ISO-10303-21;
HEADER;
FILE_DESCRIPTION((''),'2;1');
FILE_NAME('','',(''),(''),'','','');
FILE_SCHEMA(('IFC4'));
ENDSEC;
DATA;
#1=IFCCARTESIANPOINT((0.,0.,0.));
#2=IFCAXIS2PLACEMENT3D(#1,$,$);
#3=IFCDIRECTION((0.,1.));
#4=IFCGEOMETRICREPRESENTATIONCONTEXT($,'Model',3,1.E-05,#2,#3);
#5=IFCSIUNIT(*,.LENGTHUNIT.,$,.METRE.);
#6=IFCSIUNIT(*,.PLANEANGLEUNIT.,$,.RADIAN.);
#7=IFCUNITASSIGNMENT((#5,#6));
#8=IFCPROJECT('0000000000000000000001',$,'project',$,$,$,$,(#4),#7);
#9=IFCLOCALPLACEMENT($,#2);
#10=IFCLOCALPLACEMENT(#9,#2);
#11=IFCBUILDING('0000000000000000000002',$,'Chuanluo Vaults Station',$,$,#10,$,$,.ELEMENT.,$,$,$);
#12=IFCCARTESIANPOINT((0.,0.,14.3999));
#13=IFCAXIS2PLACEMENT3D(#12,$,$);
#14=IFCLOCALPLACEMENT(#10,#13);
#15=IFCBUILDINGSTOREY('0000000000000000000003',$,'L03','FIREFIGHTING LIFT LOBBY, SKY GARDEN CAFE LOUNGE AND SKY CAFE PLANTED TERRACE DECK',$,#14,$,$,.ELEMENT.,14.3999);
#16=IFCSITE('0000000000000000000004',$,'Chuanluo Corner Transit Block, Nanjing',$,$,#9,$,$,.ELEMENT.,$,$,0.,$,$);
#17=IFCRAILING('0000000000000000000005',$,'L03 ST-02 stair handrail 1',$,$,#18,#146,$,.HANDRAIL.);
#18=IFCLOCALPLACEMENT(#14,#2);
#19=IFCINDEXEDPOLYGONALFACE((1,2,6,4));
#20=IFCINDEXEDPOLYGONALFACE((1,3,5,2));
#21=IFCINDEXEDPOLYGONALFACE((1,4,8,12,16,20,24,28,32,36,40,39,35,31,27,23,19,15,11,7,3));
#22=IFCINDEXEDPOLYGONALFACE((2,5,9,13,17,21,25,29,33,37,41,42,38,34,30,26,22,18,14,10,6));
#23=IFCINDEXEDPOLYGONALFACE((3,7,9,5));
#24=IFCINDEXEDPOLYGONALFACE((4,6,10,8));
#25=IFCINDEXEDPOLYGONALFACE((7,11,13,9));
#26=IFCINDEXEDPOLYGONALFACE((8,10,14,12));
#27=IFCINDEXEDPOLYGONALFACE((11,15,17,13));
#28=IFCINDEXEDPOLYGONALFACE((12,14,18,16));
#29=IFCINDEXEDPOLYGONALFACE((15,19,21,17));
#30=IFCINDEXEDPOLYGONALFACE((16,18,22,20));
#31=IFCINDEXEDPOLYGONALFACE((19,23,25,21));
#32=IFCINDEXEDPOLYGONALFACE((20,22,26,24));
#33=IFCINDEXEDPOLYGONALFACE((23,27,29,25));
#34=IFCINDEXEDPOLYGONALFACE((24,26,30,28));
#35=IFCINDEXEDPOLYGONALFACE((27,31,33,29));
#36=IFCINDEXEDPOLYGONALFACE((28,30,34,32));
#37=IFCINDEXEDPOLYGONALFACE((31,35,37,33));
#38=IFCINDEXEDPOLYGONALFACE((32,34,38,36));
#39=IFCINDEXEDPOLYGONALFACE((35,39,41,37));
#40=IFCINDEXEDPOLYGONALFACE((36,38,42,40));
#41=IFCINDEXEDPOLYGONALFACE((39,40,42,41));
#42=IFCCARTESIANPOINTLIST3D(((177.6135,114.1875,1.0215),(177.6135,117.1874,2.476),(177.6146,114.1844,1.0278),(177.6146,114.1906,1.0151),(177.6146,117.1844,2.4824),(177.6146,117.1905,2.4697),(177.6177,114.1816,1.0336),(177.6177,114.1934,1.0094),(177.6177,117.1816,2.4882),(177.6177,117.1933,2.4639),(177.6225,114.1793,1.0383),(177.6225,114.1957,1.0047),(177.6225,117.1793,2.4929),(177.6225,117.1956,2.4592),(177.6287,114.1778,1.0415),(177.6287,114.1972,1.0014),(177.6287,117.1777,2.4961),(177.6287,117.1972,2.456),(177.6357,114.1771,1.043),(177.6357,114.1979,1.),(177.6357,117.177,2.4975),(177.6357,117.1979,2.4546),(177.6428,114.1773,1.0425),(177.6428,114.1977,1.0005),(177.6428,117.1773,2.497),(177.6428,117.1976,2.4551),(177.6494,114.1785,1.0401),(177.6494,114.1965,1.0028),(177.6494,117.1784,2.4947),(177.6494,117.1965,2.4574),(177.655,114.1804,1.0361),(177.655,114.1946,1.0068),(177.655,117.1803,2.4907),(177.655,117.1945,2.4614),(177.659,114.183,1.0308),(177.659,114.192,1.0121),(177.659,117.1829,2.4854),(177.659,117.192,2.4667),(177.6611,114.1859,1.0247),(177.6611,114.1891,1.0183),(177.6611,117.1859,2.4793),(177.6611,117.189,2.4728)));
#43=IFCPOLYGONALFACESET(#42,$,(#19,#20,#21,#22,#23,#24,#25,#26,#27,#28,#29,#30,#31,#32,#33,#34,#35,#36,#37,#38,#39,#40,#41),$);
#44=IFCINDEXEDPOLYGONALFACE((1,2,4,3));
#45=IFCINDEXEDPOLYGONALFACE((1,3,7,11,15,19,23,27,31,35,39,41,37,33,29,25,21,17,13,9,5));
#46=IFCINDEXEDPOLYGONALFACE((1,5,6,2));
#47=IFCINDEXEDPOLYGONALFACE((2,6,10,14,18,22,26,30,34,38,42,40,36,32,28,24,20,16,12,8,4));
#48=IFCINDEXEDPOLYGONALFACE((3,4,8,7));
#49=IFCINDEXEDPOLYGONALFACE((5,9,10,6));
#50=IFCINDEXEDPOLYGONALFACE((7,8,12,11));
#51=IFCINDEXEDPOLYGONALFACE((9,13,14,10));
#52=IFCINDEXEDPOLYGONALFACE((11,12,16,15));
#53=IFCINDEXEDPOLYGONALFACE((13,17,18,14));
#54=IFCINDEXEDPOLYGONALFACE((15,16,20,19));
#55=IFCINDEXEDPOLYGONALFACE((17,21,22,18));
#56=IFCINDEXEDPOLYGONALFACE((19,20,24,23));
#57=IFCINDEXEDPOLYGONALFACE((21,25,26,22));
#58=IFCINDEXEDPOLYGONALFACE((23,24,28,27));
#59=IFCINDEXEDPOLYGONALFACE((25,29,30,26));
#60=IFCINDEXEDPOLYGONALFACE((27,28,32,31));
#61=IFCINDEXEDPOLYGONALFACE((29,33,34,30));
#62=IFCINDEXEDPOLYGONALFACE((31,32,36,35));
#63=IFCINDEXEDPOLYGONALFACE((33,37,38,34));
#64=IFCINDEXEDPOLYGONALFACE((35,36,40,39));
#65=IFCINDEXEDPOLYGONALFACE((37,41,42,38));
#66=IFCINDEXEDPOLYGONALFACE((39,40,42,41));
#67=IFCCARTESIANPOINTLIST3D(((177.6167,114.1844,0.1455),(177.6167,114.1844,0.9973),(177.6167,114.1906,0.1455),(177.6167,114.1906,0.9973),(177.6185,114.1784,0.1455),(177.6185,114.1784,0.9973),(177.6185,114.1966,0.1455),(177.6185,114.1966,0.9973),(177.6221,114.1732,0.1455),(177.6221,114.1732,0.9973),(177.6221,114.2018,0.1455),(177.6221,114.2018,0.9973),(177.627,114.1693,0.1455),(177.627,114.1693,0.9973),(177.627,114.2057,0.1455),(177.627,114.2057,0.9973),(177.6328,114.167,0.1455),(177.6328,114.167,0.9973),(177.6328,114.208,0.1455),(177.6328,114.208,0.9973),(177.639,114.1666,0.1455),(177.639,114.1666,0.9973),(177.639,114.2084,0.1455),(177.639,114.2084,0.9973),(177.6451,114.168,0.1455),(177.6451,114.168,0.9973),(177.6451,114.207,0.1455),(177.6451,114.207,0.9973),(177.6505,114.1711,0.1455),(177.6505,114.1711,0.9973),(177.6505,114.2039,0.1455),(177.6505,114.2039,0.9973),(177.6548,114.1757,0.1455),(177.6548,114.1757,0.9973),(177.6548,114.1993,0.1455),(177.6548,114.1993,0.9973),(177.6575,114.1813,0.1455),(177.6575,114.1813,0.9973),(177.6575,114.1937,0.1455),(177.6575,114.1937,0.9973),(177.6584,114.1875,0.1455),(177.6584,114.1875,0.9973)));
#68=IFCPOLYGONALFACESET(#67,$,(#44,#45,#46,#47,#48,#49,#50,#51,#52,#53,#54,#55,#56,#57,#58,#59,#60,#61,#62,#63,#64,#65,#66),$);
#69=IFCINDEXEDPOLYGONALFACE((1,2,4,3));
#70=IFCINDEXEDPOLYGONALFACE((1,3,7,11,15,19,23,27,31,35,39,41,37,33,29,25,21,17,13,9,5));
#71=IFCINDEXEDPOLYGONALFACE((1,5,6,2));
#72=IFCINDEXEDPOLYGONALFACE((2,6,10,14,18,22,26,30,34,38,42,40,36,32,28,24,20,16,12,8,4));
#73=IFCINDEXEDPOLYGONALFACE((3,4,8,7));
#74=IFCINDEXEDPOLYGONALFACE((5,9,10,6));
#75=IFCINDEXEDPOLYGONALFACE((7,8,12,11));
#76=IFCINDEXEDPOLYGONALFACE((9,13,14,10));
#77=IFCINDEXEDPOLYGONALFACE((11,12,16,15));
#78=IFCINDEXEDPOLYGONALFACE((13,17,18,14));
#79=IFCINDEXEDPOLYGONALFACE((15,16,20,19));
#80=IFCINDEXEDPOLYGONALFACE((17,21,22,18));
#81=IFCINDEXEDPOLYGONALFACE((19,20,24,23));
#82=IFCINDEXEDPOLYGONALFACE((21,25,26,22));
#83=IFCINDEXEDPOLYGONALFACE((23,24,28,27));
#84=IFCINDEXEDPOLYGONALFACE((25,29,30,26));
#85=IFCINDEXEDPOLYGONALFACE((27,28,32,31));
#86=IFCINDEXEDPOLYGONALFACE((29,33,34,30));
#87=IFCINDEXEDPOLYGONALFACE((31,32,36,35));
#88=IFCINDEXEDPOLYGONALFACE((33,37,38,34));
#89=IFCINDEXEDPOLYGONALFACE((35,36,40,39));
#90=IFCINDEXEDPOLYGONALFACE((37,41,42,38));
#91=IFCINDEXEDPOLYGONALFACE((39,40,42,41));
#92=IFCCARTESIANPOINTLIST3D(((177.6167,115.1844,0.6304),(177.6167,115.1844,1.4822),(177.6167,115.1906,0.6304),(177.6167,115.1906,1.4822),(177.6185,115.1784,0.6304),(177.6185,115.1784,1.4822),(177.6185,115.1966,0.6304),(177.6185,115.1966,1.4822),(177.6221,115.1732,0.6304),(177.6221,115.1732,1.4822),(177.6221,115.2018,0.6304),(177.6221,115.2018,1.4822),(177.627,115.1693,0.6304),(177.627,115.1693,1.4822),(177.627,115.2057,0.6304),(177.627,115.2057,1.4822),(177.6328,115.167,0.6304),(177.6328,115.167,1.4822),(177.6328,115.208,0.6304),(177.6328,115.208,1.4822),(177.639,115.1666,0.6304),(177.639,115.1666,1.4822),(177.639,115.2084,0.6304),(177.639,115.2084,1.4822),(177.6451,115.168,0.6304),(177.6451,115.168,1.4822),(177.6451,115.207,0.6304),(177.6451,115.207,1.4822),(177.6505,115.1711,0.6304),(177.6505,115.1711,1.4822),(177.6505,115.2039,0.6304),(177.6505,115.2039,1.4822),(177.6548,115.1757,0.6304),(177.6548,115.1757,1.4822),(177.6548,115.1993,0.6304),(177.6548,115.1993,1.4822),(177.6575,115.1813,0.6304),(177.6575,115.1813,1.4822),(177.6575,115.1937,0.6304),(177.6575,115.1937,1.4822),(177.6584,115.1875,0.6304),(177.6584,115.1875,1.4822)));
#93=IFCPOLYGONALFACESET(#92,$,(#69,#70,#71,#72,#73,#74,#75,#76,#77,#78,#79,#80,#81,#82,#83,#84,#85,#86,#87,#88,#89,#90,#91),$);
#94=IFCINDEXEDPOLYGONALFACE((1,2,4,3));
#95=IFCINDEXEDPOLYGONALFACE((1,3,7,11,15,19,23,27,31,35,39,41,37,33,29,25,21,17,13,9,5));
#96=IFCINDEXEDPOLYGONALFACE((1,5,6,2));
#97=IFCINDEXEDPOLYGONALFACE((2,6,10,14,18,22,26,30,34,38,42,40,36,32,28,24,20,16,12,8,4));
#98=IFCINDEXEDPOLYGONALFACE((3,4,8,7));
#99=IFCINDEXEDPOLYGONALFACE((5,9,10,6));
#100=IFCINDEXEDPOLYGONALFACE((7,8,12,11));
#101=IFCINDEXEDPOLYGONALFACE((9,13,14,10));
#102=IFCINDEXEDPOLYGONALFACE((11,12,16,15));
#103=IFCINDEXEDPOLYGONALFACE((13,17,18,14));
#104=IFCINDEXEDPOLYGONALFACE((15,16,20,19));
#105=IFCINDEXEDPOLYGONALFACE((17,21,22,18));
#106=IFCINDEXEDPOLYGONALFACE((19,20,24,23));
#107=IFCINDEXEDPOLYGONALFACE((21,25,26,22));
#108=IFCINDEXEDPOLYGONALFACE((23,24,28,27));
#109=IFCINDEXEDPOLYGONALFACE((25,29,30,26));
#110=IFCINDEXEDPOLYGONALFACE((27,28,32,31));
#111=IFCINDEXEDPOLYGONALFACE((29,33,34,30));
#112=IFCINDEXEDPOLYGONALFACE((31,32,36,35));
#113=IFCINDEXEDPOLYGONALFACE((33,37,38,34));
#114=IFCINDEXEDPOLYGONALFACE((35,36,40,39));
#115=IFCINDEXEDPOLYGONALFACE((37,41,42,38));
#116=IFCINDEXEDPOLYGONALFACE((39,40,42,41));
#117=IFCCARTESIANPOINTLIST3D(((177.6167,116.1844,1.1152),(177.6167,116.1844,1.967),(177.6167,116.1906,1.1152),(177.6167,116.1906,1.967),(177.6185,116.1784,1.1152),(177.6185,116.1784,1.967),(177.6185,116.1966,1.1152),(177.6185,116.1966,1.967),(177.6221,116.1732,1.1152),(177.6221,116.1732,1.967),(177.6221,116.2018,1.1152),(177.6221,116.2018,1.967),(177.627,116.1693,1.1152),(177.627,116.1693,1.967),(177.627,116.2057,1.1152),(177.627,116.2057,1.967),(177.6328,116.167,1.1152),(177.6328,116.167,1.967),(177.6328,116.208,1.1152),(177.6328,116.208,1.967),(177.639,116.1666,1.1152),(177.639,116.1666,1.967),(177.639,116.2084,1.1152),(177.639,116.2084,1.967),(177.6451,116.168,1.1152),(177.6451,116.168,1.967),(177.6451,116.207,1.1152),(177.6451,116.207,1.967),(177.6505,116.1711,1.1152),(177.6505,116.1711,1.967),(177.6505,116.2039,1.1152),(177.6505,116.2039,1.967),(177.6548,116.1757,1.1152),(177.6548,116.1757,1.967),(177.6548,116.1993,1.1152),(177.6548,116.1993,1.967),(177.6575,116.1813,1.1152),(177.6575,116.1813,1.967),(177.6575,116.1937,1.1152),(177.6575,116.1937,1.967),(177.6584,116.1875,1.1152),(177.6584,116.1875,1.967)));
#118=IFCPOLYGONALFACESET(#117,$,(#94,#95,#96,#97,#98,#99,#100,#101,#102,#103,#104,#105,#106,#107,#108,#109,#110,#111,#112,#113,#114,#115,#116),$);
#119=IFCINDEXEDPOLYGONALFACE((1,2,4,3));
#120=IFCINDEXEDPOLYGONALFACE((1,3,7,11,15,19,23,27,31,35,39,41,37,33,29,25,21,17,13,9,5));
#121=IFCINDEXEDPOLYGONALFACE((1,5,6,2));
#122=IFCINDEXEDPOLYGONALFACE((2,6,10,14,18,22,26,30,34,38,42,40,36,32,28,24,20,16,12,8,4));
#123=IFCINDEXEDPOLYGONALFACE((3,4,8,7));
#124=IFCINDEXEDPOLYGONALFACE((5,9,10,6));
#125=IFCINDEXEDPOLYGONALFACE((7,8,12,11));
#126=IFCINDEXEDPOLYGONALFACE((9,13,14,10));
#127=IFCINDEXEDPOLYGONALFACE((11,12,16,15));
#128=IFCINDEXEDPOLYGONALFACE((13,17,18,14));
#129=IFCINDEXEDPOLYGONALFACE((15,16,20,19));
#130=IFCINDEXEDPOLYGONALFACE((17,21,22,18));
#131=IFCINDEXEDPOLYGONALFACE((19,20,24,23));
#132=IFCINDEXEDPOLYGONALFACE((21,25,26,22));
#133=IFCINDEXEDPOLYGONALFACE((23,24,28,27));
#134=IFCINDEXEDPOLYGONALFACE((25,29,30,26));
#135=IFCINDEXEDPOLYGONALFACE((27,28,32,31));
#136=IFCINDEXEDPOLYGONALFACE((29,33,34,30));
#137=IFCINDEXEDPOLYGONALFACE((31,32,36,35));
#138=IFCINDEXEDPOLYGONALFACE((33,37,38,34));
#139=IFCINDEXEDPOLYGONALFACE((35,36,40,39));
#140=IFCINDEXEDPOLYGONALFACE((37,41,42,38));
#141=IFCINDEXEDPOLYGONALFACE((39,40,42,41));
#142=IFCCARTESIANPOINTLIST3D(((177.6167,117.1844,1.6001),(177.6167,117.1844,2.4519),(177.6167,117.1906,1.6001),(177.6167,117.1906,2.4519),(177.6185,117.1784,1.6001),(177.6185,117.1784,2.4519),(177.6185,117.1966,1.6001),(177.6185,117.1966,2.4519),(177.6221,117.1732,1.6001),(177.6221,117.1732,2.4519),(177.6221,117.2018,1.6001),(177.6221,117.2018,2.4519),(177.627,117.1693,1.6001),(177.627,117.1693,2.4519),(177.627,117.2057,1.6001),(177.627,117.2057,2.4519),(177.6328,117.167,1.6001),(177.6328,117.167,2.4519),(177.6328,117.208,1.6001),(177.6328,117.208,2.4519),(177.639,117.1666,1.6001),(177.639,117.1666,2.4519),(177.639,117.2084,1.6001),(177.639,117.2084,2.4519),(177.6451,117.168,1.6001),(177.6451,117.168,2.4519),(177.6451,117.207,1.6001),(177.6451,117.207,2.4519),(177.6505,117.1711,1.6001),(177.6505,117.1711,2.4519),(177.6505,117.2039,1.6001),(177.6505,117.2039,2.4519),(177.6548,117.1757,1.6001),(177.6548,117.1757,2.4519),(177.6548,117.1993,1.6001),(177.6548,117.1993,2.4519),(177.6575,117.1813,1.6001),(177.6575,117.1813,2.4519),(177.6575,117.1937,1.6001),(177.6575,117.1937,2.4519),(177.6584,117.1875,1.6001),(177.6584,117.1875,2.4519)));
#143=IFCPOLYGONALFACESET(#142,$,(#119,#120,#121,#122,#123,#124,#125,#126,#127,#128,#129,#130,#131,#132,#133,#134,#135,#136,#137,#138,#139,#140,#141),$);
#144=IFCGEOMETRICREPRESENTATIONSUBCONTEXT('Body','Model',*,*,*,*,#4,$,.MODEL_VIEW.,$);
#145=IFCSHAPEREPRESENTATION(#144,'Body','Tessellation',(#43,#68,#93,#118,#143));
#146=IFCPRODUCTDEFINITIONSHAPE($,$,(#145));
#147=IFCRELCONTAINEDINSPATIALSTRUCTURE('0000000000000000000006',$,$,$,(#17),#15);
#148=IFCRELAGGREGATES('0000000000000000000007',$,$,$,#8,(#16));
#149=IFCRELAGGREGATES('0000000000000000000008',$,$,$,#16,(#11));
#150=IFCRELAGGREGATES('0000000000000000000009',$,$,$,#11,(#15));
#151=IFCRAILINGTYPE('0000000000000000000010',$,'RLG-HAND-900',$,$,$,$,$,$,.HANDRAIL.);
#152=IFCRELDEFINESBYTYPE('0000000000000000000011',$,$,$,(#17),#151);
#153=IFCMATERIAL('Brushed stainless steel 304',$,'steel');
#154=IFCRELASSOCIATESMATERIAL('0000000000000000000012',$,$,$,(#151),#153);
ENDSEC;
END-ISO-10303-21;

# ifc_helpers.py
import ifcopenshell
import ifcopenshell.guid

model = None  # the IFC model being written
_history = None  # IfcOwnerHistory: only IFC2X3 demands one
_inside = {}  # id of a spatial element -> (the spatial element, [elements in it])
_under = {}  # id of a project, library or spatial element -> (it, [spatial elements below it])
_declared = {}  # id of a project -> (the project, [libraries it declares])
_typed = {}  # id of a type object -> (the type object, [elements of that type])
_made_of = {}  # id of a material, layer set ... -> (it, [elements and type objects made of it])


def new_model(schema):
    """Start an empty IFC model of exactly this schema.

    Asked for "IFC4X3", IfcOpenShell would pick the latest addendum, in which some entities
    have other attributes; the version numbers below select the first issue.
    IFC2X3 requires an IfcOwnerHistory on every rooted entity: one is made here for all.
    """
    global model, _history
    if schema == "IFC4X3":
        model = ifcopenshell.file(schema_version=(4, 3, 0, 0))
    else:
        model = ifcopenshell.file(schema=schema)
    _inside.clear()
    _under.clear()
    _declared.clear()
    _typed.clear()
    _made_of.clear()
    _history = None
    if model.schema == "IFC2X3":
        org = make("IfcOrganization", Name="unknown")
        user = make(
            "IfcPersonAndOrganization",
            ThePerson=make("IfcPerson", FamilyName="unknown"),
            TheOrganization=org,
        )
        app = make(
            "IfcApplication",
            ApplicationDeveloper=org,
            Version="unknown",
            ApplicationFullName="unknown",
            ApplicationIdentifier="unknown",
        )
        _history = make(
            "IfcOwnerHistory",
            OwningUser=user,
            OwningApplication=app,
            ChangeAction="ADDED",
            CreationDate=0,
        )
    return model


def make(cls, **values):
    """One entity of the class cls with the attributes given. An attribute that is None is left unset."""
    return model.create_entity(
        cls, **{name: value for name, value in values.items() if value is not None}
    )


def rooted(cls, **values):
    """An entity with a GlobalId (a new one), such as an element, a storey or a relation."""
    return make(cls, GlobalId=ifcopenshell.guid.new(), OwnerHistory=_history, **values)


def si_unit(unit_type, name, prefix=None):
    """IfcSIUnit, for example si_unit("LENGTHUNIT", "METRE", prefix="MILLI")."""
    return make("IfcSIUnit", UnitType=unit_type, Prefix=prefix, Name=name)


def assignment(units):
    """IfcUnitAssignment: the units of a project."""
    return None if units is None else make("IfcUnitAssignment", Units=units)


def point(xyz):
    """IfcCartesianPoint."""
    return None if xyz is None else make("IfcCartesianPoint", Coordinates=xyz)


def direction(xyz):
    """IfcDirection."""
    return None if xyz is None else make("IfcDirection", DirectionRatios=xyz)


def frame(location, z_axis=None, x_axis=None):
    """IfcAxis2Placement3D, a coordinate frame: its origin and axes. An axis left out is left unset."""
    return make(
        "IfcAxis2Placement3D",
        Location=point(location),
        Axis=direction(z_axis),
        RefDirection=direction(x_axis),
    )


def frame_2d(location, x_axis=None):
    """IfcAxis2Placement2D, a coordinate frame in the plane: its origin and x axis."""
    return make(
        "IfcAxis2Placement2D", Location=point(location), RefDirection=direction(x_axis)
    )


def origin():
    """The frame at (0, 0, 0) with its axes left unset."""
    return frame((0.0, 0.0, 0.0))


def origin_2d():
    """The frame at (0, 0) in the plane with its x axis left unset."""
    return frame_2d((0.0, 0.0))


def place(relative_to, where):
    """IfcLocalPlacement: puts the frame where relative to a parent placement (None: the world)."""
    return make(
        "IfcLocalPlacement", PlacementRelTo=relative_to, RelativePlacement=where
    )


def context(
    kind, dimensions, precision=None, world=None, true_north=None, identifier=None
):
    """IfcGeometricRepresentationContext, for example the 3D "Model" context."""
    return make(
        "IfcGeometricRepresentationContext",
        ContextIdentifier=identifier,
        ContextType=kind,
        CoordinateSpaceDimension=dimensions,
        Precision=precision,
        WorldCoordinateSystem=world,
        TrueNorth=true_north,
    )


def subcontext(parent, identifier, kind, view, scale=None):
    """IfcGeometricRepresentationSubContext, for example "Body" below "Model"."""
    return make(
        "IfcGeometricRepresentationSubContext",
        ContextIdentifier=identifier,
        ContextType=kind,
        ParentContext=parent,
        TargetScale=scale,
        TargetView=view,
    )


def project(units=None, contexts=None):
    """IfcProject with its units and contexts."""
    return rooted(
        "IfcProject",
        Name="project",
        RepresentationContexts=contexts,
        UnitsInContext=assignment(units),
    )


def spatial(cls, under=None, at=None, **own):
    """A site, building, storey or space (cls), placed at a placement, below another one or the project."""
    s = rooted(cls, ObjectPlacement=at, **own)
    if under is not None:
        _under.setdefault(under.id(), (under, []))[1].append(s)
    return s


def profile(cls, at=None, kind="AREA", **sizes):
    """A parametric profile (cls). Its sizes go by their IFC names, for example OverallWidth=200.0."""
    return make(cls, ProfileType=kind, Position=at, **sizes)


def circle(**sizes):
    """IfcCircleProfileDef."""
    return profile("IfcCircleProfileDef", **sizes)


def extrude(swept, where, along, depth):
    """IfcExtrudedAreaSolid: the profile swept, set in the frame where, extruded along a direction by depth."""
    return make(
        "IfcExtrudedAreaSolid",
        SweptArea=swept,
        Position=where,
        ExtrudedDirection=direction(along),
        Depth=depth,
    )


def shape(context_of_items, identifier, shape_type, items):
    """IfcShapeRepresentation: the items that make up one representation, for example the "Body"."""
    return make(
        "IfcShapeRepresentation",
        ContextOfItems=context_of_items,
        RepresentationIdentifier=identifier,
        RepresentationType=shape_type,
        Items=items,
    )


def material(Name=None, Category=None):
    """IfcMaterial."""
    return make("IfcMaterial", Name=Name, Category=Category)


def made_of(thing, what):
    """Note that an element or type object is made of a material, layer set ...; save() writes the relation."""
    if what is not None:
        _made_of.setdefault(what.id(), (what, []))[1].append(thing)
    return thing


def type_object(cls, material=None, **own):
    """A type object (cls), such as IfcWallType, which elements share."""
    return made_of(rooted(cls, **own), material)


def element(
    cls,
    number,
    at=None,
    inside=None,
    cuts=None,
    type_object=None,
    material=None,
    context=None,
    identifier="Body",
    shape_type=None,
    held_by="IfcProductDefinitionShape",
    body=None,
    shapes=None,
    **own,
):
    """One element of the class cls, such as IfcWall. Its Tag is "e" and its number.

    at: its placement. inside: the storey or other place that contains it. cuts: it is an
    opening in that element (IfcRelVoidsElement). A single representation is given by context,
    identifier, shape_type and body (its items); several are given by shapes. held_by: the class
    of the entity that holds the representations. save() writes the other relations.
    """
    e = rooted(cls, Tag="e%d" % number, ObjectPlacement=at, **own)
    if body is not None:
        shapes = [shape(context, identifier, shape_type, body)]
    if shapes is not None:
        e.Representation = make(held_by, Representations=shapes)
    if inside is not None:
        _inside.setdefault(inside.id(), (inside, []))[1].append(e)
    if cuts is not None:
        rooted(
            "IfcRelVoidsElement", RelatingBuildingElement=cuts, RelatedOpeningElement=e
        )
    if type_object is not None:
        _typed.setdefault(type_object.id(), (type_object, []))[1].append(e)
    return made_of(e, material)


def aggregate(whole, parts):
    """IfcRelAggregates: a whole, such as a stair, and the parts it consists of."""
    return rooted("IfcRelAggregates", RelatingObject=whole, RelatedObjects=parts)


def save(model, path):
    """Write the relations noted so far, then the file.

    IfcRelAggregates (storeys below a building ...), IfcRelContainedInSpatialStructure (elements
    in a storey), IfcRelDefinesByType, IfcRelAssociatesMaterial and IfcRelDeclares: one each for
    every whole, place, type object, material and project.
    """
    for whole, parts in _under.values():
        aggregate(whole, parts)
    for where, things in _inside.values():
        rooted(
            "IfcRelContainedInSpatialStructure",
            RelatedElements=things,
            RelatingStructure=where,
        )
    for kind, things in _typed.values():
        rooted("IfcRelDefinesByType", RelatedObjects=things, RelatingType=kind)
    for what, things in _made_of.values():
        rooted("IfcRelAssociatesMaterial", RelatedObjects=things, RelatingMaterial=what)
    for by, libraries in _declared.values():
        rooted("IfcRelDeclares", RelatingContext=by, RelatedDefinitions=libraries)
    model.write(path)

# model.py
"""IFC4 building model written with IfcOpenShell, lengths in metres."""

from ifc_helpers import new_model, si_unit, direction, frame, origin, origin_2d, place, context, subcontext, project, spatial, circle, extrude, material, type_object, element, save


model = new_model("IFC4")

# Units and contexts
model_context = context("Model", 3, precision=1e-05, world=origin(), true_north=direction((0.0, 1.0)))
body_context = subcontext(model_context, "Body", "Model", "MODEL_VIEW")
ifc_project = project(units=[si_unit("LENGTHUNIT", "METRE"), si_unit("PLANEANGLEUNIT", "RADIAN")], contexts=[model_context])

# Site, building, storey
site_placement = place(None, origin())
site = spatial("IfcSite", under=ifc_project, at=site_placement, Name="Chuanluo Corner Transit Block, Nanjing", CompositionType="ELEMENT", RefElevation=0.0)
building_placement = place(site_placement, origin())
building = spatial("IfcBuilding", under=site, at=building_placement, Name="Chuanluo Vaults Station", CompositionType="ELEMENT")
storey_placement = place(building_placement, frame((0.0, 0.0, 14.3999)))
storey = spatial("IfcBuildingStorey", under=building, at=storey_placement, Name="L03", Description="FIREFIGHTING LIFT LOBBY, SKY GARDEN CAFE LOUNGE AND SKY CAFE PLANTED TERRACE DECK", CompositionType="ELEMENT", Elevation=14.3999)

# Railing
ifc_material_1 = material(Name="Brushed stainless steel 304", Category="steel")
railing_type_1 = type_object("IfcRailingType", Name="RLG-HAND-900", PredefinedType="HANDRAIL", material=ifc_material_1)
railing_1_placement = place(storey_placement, frame((177.6375, 114.1875, 0.1455)))
element("IfcRailing", 1, at=railing_1_placement, inside=storey, type_object=railing_type_1, Name="L03 ST-02 stair handrail 1", PredefinedType="HANDRAIL", context=body_context, shape_type="SweptSolid", body=[
    extrude(circle(Radius=0.0239, at=origin_2d()), frame((0.0, 0.0, 0.876), z_axis=(0.0, 0.899809, 0.436284), x_axis=(-1.0, 0.0, 0.0)), (0.0, 0.0, 1.0), 3.334),
    extrude(circle(Radius=0.021, at=origin_2d()), origin(), (0.0, 0.0, 1.0), 0.8518),
    extrude(circle(Radius=0.021, at=origin_2d()), frame((0.0, 1.0, 0.4849)), (0.0, 0.0, 1.0), 0.8518),
    extrude(circle(Radius=0.021, at=origin_2d()), frame((0.0, 2.0, 0.9697)), (0.0, 0.0, 1.0), 0.8518),
    extrude(circle(Radius=0.021, at=origin_2d()), frame((0.0, 3.0, 1.4546)), (0.0, 0.0, 1.0), 0.8518),
])

save(model, "model.ifc")
